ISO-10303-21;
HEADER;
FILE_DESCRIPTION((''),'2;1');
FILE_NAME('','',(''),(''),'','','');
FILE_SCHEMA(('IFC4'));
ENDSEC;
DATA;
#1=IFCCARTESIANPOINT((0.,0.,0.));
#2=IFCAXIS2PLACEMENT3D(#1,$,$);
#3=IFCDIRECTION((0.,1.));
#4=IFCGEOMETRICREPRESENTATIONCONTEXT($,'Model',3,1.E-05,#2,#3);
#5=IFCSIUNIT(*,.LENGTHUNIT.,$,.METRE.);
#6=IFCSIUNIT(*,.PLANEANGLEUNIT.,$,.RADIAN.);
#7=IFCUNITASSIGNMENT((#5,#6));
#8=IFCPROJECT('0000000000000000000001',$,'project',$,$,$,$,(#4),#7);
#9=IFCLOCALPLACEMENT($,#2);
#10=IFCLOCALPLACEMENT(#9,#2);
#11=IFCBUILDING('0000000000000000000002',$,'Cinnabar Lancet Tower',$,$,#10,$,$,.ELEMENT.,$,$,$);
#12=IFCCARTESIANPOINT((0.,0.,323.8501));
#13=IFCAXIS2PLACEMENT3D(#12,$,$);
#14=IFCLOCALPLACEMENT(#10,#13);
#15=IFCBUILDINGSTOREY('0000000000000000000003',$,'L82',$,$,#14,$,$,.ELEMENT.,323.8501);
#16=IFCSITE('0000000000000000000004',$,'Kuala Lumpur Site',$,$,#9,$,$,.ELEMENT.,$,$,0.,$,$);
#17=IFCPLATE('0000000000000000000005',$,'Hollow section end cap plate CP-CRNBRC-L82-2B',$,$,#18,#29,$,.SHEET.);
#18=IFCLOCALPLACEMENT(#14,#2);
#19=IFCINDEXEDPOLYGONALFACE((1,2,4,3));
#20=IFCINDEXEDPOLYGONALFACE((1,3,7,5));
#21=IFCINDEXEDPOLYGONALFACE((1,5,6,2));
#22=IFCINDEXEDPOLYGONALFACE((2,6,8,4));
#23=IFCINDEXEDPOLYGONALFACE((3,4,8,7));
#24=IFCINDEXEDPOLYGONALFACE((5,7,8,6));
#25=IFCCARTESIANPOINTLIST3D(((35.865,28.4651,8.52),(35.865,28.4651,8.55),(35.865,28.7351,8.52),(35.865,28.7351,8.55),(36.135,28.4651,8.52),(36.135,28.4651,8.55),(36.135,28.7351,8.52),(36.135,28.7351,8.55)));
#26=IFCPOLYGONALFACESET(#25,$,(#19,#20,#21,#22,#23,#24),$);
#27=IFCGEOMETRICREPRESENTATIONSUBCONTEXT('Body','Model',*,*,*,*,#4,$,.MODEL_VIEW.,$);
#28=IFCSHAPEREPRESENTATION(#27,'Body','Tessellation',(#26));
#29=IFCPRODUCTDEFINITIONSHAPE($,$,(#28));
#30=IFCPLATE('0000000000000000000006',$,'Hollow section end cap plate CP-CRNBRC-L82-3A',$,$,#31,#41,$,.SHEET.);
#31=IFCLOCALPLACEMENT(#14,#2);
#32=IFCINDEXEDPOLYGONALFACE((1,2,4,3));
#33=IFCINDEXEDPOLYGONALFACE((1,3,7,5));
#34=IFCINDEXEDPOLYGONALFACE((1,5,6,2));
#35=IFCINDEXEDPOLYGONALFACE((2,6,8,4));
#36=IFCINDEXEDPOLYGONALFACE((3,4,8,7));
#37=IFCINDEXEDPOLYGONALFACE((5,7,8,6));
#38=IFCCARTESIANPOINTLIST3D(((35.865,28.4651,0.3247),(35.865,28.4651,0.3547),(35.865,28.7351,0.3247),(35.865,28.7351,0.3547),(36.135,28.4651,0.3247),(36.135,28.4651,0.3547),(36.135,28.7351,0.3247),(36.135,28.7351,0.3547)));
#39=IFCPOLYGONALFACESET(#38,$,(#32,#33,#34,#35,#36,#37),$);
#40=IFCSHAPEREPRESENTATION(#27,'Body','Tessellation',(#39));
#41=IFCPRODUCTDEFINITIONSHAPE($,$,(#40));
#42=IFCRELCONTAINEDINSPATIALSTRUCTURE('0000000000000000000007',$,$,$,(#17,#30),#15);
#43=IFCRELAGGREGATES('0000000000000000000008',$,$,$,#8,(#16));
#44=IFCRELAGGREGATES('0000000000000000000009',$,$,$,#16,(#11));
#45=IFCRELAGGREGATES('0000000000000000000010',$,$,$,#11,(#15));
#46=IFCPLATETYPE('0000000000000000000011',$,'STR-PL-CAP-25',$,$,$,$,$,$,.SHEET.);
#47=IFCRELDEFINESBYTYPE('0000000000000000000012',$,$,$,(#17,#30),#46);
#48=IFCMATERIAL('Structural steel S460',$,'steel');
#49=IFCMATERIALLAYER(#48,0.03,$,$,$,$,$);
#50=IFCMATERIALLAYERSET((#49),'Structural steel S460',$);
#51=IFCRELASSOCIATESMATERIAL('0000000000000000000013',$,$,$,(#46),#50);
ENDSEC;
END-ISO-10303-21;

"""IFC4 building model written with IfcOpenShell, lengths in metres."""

from ifc_helpers import new_model, si_unit, direction, frame, origin, origin_2d, place, context, subcontext, project, spatial, rectangle, extrude, material, layer, layer_set, type_object, element, save


model = new_model("IFC4")

# Units and contexts
model_context = context("Model", 3, precision=1e-05, world=origin(), true_north=direction((0.0, 1.0)))
body_context = subcontext(model_context, "Body", "Model", "MODEL_VIEW")
ifc_project = project(units=[si_unit("LENGTHUNIT", "METRE"), si_unit("PLANEANGLEUNIT", "RADIAN")], contexts=[model_context])

# Site, building, storey
site_placement = place(None, origin())
site = spatial("IfcSite", under=ifc_project, at=site_placement, Name="Kuala Lumpur Site", CompositionType="ELEMENT", RefElevation=0.0)
building_placement = place(site_placement, origin())
building = spatial("IfcBuilding", under=site, at=building_placement, Name="Cinnabar Lancet Tower", CompositionType="ELEMENT")
storey_placement = place(building_placement, frame((0.0, 0.0, 323.8501)))
storey = spatial("IfcBuildingStorey", under=building, at=storey_placement, Name="L82", CompositionType="ELEMENT", Elevation=323.8501)

# Plates
ifc_material_1 = material(Name="Structural steel S460", Category="steel")
ifc_layer_1 = layer(ifc_material_1, 0.03)
ifc_layer_set_1 = layer_set([ifc_layer_1], Name="Structural steel S460")
plate_type_1 = type_object("IfcPlateType", Name="STR-PL-CAP-25", PredefinedType="SHEET", material=ifc_layer_set_1)
for number, where, z_axis, x_axis, name in (
    (1, (36.0, 28.6001, 8.52), (0.0, 0.0, 1.0), (0.0, 1.0, 0.0), "Hollow section end cap plate CP-CRNBRC-L82-2B"),
    (2, (36.0, 28.6001, 0.3247), (0.0, 0.0, 1.0), (1.0, 0.0, 0.0), "Hollow section end cap plate CP-CRNBRC-L82-3A"),
):
    element("IfcPlate", number, at=place(storey_placement, frame(where, z_axis=z_axis, x_axis=x_axis)), inside=storey, type_object=plate_type_1, Name=name, PredefinedType="SHEET", context=body_context, shape_type="SweptSolid", body=[
        extrude(rectangle(XDim=0.27, YDim=0.27, at=origin_2d()), origin(), (0.0, 0.0, 1.0), 0.03),
    ])

save(model, "model.ifc")
